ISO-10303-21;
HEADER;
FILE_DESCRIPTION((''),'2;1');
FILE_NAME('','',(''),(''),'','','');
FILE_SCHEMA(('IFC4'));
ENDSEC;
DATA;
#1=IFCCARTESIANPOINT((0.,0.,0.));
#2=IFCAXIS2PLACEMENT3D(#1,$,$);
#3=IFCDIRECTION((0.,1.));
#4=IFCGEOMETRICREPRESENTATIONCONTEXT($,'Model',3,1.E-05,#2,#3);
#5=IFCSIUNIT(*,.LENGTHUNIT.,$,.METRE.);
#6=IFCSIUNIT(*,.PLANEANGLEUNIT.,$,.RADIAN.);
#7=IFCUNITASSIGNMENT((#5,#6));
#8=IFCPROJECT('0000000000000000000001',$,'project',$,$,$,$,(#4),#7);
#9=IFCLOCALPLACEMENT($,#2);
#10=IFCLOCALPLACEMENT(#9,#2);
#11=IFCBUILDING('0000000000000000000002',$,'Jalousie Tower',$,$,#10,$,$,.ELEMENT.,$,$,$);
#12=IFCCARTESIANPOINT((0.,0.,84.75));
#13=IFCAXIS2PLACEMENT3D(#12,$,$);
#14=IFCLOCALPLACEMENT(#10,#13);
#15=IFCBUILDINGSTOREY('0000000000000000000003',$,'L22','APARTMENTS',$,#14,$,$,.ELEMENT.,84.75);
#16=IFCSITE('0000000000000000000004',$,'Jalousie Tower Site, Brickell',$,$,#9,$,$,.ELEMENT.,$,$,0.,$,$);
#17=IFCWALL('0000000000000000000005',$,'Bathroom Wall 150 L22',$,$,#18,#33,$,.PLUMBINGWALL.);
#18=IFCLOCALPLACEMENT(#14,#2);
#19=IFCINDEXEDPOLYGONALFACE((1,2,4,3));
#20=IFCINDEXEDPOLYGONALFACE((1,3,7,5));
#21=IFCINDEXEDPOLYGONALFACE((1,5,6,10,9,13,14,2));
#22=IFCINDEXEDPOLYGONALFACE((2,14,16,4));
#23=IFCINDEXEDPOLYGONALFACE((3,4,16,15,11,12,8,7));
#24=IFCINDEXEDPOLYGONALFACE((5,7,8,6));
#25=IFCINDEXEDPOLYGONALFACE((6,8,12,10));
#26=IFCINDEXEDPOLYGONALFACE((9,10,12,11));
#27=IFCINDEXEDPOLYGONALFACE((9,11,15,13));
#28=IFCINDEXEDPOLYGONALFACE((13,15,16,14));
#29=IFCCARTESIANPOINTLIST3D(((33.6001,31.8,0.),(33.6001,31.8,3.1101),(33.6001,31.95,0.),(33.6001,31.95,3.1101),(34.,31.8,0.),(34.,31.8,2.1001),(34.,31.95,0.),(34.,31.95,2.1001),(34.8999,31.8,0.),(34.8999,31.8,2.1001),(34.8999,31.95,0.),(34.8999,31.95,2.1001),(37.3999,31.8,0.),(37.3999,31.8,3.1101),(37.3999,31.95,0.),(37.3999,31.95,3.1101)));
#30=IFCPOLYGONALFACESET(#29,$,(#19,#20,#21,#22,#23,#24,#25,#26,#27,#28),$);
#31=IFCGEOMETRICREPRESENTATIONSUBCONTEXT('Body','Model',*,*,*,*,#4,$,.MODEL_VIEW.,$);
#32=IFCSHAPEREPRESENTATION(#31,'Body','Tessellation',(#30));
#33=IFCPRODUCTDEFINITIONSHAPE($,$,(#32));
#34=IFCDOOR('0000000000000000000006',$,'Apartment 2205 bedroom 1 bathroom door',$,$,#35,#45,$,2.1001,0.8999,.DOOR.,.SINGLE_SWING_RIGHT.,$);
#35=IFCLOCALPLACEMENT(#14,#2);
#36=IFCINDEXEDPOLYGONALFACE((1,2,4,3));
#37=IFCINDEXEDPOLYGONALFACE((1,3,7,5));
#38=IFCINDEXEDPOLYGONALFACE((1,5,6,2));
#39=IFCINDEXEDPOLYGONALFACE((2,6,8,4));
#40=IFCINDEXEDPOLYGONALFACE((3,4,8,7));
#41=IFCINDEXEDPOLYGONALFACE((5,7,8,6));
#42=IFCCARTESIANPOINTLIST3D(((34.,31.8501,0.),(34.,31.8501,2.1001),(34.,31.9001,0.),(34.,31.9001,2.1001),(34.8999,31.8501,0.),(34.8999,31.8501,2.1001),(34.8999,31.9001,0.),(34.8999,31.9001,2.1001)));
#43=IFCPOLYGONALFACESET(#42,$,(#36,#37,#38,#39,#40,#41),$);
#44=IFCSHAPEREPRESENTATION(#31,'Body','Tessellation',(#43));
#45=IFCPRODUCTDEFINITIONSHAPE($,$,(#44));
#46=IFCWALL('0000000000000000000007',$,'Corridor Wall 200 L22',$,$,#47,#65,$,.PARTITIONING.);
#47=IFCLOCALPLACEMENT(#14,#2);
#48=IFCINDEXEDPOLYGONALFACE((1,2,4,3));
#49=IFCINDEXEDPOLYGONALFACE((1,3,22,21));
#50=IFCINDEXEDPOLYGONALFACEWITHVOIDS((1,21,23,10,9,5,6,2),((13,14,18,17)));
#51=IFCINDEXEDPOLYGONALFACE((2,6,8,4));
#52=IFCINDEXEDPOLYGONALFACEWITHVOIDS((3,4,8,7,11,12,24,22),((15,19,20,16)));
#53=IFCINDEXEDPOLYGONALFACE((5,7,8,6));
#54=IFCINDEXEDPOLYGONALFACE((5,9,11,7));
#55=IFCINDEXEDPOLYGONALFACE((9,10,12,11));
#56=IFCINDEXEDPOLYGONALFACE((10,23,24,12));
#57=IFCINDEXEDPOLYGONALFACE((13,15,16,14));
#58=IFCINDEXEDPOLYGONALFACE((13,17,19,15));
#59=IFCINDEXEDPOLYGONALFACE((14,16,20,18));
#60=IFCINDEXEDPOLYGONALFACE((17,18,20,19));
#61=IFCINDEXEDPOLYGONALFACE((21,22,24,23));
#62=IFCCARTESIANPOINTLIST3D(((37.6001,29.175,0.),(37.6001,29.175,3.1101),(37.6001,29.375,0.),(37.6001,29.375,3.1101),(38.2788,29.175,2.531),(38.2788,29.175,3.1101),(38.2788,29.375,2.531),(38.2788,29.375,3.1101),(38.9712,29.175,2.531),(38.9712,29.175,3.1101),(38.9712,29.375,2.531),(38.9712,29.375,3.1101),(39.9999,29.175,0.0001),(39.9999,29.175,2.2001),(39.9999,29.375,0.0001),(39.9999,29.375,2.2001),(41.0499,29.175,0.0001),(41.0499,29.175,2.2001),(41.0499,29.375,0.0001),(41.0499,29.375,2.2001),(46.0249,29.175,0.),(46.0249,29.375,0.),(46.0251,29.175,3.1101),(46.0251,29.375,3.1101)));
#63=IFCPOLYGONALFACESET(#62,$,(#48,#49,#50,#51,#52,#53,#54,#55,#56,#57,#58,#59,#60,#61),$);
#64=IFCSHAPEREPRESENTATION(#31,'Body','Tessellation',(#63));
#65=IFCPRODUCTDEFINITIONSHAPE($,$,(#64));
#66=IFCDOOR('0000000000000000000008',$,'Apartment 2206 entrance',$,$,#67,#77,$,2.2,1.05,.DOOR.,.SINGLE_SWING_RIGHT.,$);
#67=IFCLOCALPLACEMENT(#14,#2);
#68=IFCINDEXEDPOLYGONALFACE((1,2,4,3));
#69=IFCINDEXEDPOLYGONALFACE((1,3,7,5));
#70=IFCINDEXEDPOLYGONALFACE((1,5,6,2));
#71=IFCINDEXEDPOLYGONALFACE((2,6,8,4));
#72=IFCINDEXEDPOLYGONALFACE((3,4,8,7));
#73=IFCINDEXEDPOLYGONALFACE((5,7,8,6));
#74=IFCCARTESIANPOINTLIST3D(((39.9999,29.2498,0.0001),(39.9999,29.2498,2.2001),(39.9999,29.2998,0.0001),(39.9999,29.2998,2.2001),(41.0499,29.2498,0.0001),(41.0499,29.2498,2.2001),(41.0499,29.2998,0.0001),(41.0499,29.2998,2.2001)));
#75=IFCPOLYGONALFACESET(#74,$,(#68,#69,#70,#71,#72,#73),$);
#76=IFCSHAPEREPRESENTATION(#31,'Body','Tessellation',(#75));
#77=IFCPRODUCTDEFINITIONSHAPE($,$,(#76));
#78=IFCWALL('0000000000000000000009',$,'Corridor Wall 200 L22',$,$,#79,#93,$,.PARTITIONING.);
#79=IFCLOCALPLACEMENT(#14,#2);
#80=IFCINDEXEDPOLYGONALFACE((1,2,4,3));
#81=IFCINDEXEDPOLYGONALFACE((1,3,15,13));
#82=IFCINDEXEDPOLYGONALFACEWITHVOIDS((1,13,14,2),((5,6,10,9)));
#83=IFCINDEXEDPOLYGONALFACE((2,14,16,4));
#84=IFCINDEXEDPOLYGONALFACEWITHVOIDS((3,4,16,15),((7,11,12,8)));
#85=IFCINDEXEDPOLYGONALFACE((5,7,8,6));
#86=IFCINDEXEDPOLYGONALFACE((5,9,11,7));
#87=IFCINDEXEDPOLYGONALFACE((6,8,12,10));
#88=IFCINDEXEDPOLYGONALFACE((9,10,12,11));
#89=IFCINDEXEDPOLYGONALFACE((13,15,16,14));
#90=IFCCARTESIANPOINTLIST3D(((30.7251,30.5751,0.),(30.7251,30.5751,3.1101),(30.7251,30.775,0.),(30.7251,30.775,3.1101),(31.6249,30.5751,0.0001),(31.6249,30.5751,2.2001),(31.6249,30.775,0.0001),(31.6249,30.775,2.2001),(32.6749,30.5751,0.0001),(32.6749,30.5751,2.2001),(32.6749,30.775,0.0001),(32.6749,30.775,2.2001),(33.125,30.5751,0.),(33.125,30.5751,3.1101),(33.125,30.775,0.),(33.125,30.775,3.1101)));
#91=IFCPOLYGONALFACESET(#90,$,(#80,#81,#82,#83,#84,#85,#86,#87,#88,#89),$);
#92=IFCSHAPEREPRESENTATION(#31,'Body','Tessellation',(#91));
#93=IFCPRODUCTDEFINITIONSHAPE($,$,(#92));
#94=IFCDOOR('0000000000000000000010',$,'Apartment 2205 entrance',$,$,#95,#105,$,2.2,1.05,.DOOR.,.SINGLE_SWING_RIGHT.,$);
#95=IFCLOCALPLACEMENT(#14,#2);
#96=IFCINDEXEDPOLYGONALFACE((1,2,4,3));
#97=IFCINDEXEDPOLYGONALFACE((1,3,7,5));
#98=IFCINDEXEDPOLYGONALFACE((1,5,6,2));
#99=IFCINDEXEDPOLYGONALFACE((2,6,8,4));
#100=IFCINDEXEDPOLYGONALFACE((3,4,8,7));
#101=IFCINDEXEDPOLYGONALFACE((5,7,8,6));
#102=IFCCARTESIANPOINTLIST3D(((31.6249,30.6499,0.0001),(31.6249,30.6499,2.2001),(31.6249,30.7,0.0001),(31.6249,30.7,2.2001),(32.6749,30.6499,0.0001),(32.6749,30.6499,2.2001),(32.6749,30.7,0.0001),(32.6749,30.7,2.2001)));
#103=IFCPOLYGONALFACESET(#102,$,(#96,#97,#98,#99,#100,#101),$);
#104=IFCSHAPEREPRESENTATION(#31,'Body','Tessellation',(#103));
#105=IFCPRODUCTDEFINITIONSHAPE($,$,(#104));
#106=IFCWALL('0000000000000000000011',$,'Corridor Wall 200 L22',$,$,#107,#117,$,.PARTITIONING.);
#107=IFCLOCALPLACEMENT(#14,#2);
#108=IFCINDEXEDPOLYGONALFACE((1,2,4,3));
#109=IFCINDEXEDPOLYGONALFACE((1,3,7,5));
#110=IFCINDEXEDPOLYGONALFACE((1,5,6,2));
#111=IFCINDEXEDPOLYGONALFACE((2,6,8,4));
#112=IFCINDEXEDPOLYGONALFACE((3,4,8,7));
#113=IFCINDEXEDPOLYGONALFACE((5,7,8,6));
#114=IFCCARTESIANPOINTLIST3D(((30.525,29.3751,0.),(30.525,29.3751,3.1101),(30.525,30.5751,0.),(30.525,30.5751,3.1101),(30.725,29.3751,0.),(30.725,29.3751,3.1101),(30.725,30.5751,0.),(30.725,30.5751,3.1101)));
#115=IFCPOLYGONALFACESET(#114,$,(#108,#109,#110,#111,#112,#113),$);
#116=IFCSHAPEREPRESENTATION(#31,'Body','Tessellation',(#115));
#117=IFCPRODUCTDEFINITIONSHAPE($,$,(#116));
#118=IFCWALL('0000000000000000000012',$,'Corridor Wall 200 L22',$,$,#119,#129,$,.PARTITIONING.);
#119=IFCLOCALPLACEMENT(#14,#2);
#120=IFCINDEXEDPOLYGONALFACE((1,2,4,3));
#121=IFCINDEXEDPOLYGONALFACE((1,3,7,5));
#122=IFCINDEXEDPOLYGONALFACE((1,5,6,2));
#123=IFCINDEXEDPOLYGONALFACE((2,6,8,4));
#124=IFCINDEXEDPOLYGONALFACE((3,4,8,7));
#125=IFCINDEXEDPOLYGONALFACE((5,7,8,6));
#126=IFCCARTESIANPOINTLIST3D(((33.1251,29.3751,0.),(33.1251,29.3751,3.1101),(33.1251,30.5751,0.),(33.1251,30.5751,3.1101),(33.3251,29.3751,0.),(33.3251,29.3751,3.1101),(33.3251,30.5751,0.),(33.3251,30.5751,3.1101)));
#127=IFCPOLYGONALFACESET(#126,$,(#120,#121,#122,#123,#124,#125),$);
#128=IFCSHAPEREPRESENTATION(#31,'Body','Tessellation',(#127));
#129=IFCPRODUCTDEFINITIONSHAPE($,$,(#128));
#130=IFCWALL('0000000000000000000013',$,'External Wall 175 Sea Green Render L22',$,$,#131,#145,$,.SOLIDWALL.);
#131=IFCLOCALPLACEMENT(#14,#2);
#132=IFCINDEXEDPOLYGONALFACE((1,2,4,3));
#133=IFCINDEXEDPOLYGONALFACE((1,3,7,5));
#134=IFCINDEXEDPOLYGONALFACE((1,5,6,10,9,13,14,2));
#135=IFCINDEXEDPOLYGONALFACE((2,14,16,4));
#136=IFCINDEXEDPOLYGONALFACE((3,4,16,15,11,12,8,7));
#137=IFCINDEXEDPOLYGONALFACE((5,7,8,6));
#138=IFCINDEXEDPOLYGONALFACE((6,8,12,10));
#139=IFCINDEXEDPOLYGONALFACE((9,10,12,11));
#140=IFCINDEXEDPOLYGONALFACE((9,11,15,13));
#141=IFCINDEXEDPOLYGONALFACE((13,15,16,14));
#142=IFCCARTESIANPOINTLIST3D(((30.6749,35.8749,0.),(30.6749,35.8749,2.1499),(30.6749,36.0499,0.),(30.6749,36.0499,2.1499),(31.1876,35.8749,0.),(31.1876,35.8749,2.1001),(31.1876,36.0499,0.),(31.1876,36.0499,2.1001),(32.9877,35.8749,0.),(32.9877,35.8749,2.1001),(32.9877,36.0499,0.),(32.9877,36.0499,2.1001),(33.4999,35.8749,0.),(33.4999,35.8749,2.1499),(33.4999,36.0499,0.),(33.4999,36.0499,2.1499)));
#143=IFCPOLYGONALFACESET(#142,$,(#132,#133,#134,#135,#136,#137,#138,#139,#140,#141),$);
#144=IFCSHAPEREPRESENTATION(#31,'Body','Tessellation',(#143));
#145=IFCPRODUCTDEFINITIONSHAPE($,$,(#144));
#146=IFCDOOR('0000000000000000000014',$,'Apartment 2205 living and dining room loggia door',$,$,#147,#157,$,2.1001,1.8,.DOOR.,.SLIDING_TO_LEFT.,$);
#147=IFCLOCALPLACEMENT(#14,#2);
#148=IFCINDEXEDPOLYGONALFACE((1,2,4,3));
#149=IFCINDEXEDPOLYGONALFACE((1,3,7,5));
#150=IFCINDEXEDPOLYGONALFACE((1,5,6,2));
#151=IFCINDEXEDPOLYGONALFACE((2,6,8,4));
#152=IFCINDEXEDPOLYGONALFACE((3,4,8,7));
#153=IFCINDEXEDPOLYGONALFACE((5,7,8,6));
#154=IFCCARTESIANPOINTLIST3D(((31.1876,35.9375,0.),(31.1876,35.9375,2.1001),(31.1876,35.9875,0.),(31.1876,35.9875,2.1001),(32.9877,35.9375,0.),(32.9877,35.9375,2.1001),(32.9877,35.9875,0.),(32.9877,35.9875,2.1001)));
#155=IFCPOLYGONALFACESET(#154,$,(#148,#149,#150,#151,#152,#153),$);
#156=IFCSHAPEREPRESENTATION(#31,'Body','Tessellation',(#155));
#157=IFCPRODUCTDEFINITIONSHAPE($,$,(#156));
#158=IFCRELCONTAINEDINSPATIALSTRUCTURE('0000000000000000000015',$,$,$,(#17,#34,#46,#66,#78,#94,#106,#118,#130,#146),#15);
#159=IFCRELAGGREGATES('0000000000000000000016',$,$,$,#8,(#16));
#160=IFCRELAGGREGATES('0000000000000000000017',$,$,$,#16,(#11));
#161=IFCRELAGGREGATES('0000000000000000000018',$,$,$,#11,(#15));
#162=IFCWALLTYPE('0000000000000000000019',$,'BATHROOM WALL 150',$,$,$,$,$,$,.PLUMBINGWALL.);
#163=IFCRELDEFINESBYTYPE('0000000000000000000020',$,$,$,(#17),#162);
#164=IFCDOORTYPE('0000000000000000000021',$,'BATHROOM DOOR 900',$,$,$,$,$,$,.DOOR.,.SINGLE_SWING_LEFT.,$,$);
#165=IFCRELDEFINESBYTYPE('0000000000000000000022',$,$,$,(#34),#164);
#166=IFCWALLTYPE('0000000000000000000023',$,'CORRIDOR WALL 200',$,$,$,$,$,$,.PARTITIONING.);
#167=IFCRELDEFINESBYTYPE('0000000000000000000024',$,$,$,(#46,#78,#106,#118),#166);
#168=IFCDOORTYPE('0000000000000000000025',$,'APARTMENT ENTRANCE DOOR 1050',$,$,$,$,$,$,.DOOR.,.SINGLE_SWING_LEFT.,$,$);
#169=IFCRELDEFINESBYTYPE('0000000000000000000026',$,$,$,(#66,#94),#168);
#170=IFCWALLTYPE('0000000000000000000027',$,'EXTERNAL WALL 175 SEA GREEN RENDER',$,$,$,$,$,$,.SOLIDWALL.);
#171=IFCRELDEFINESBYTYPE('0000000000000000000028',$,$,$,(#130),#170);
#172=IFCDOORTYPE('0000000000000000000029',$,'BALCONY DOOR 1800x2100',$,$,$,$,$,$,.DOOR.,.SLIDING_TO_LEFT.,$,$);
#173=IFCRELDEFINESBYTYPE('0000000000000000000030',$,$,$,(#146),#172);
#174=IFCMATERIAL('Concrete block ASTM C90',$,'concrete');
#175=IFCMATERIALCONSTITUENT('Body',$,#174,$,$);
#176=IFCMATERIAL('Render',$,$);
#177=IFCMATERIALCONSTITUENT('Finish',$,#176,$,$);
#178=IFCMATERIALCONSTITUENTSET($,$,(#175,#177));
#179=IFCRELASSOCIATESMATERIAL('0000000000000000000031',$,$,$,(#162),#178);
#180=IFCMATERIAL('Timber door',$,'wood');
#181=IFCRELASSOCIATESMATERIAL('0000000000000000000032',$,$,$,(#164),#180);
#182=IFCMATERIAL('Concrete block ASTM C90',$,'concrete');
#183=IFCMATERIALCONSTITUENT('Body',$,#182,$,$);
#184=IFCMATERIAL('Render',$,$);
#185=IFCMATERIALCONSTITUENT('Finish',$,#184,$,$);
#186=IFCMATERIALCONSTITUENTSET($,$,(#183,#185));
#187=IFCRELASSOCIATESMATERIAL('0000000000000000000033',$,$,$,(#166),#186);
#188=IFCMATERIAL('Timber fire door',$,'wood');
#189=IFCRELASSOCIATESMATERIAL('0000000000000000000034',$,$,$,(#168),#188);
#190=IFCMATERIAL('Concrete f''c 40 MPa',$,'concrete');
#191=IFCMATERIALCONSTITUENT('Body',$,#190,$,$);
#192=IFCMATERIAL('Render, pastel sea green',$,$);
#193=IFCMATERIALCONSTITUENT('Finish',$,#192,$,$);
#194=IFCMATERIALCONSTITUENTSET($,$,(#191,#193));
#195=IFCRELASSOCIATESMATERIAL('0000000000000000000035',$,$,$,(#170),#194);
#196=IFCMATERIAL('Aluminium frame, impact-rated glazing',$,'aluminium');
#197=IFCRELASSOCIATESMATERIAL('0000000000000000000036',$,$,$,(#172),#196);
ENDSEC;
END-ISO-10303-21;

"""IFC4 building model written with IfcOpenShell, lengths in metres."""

from ifc_helpers import new_model, si_unit, direction, frame, frame_2d, origin, place, context, subcontext, project, spatial, polyline, rectangle, outline, extrude, material, constituent, constituent_set, type_object, element, fill, save


model = new_model("IFC4")

# Units and contexts
model_context = context("Model", 3, precision=1e-05, world=origin(), true_north=direction((0.0, 1.0)))
body_context = subcontext(model_context, "Body", "Model", "MODEL_VIEW")
ifc_project = project(units=[si_unit("LENGTHUNIT", "METRE"), si_unit("PLANEANGLEUNIT", "RADIAN")], contexts=[model_context])

# Site, building, storey
site_placement = place(None, origin())
site = spatial("IfcSite", under=ifc_project, at=site_placement, Name="Jalousie Tower Site, Brickell", CompositionType="ELEMENT", RefElevation=0.0)
building_placement = place(site_placement, origin())
building = spatial("IfcBuilding", under=site, at=building_placement, Name="Jalousie Tower", CompositionType="ELEMENT")
storey_placement = place(building_placement, frame((0.0, 0.0, 84.75)))
storey = spatial("IfcBuildingStorey", under=building, at=storey_placement, Name="L22", Description="APARTMENTS", CompositionType="ELEMENT", Elevation=84.75)

# Walls, openings, doors
ifc_material_1 = material(Name="Concrete block ASTM C90", Category="concrete")
ifc_constituent_1 = constituent(ifc_material_1, Name="Body")
ifc_material_2 = material(Name="Render")
ifc_constituent_2 = constituent(ifc_material_2, Name="Finish")
ifc_constituent_set_1 = constituent_set(constituents=[ifc_constituent_1, ifc_constituent_2])
wall_type_1 = type_object("IfcWallType", Name="BATHROOM WALL 150", PredefinedType="PLUMBINGWALL", material=ifc_constituent_set_1)
wall_1_placement = place(storey_placement, frame((33.6001, 31.875, 0.0), z_axis=(0.0, 0.0, 1.0), x_axis=(1.0, 0.0, 0.0)))
wall_1 = element("IfcWall", 1, at=wall_1_placement, inside=storey, type_object=wall_type_1, Name="Bathroom Wall 150 L22", PredefinedType="PLUMBINGWALL", context=body_context, shape_type="SweptSolid", body=[
    extrude(rectangle(XDim=3.7998, YDim=0.1499, at=frame_2d((1.8999, 0.0))), origin(), (0.0, 0.0, 1.0), 3.1101),
])
opening_1_placement = place(wall_1_placement, frame((0.3999, 0.0, 0.0)))
opening_1 = element("IfcOpeningElement", 2, at=opening_1_placement, cuts=wall_1, PredefinedType="OPENING", context=body_context, shape_type="SweptSolid", body=[
    extrude(rectangle(XDim=0.8999, YDim=2.1001, at=frame_2d((0.45, 1.05))), frame((0.0, 0.085, 0.0), z_axis=(0.0, -1.0, 0.0), x_axis=(1.0, 0.0, 0.0)), (0.0, 0.0, 1.0), 0.1699),
])
ifc_material_3 = material(Name="Timber door", Category="wood")
door_type_1 = type_object("IfcDoorType", Name="BATHROOM DOOR 900", OperationType="SINGLE_SWING_LEFT", PredefinedType="DOOR", material=ifc_material_3)
door_1_placement = place(opening_1_placement, frame((0.8999, 0.0, 0.0), z_axis=(0.0, 0.0, 1.0), x_axis=(-1.0, 0.0, 0.0)))
door_1 = element("IfcDoor", 3, at=door_1_placement, inside=storey, type_object=door_type_1, Name="Apartment 2205 bedroom 1 bathroom door", OperationType="SINGLE_SWING_RIGHT", OverallHeight=2.1001, OverallWidth=0.8999, PredefinedType="DOOR", context=body_context, shape_type="SweptSolid", body=[
    extrude(rectangle(XDim=0.8999, YDim=2.1001, at=frame_2d((0.45, 1.05))), frame((0.0, 0.0249, 0.0), z_axis=(0.0, -1.0, 0.0), x_axis=(1.0, 0.0, 0.0)), (0.0, 0.0, 1.0), 0.05),
])
fill(opening_1, door_1)
ifc_material_4 = material(Name="Concrete block ASTM C90", Category="concrete")
ifc_constituent_3 = constituent(ifc_material_4, Name="Body")
ifc_material_5 = material(Name="Render")
ifc_constituent_4 = constituent(ifc_material_5, Name="Finish")
ifc_constituent_set_2 = constituent_set(constituents=[ifc_constituent_3, ifc_constituent_4])
wall_type_2 = type_object("IfcWallType", Name="CORRIDOR WALL 200", PredefinedType="PARTITIONING", material=ifc_constituent_set_2)
wall_2_placement = place(storey_placement, frame((37.6001, 29.2749, 0.0), z_axis=(0.0, 0.0, 1.0), x_axis=(1.0, 0.0, 0.0)))
wall_2 = element("IfcWall", 4, at=wall_2_placement, inside=storey, type_object=wall_type_2, Name="Corridor Wall 200 L22", PredefinedType="PARTITIONING", context=body_context, shape_type="SweptSolid", body=[
    extrude(outline(polyline([(0.0, 0.0), (8.4248, 0.0), (8.425, 3.1101), (1.3711, 3.1101), (1.3711, 2.531), (0.6787, 2.531), (0.6787, 3.1101), (0.0, 3.1101), (0.0, 0.0)])), frame((0.0, 0.1001, 0.0), z_axis=(0.0, -1.0, 0.0), x_axis=(1.0, 0.0, 0.0)), (0.0, 0.0, 1.0), 0.2),
])
opening_2_placement = place(wall_2_placement, frame((2.3999, 0.0, 0.0)))
opening_2 = element("IfcOpeningElement", 5, at=opening_2_placement, cuts=wall_2, PredefinedType="OPENING", context=body_context, shape_type="SweptSolid", body=[
    extrude(rectangle(XDim=1.05, YDim=2.2, at=frame_2d((0.5249, 1.1001))), frame((0.0, 0.1099, 0.0), z_axis=(0.0, -1.0, 0.0), x_axis=(1.0, 0.0, 0.0)), (0.0, 0.0, 1.0), 0.22),
])
ifc_material_6 = material(Name="Timber fire door", Category="wood")
door_type_2 = type_object("IfcDoorType", Name="APARTMENT ENTRANCE DOOR 1050", OperationType="SINGLE_SWING_LEFT", PredefinedType="DOOR", material=ifc_material_6)
door_2_placement = place(opening_2_placement, origin())
door_2 = element("IfcDoor", 6, at=door_2_placement, inside=storey, type_object=door_type_2, Name="Apartment 2206 entrance", OperationType="SINGLE_SWING_RIGHT", OverallHeight=2.2, OverallWidth=1.05, PredefinedType="DOOR", context=body_context, shape_type="SweptSolid", body=[
    extrude(rectangle(XDim=1.05, YDim=2.2, at=frame_2d((0.5249, 1.1001))), frame((0.0, 0.0249, 0.0), z_axis=(0.0, -1.0, 0.0), x_axis=(1.0, 0.0, 0.0)), (0.0, 0.0, 1.0), 0.05),
])
fill(opening_2, door_2)
wall_3_placement = place(storey_placement, frame((30.7251, 30.675, 0.0), z_axis=(0.0, 0.0, 1.0), x_axis=(1.0, 0.0, 0.0)))
wall_3 = element("IfcWall", 7, at=wall_3_placement, inside=storey, type_object=wall_type_2, Name="Corridor Wall 200 L22", PredefinedType="PARTITIONING", context=body_context, shape_type="SweptSolid", body=[
    extrude(rectangle(XDim=2.3999, YDim=0.2, at=frame_2d((1.2, 0.0))), origin(), (0.0, 0.0, 1.0), 3.1101),
])
opening_3_placement = place(wall_3_placement, frame((0.8999, 0.0, 0.0)))
opening_3 = element("IfcOpeningElement", 8, at=opening_3_placement, cuts=wall_3, PredefinedType="OPENING", context=body_context, shape_type="SweptSolid", body=[
    extrude(rectangle(XDim=1.05, YDim=2.2, at=frame_2d((0.5249, 1.1001))), frame((0.0, 0.1099, 0.0), z_axis=(0.0, -1.0, 0.0), x_axis=(1.0, 0.0, 0.0)), (0.0, 0.0, 1.0), 0.22),
])
door_3_placement = place(opening_3_placement, origin())
door_3 = element("IfcDoor", 9, at=door_3_placement, inside=storey, type_object=door_type_2, Name="Apartment 2205 entrance", OperationType="SINGLE_SWING_RIGHT", OverallHeight=2.2, OverallWidth=1.05, PredefinedType="DOOR", context=body_context, shape_type="SweptSolid", body=[
    extrude(rectangle(XDim=1.05, YDim=2.2, at=frame_2d((0.5249, 1.1001))), frame((0.0, 0.0249, 0.0), z_axis=(0.0, -1.0, 0.0), x_axis=(1.0, 0.0, 0.0)), (0.0, 0.0, 1.0), 0.05),
])
fill(opening_3, door_3)

# Walls
for number, where, z_axis, x_axis, name in (
    (10, (30.625, 29.375, 0.0), (0.0, 0.0, 1.0), (0.0, 1.0, 0.0), "Corridor Wall 200 L22"),
    (11, (33.2251, 29.375, 0.0), (0.0, 0.0, 1.0), (0.0, 1.0, 0.0), "Corridor Wall 200 L22"),
):
    element("IfcWall", number, at=place(storey_placement, frame(where, z_axis=z_axis, x_axis=x_axis)), inside=storey, type_object=wall_type_2, Name=name, PredefinedType="PARTITIONING", context=body_context, shape_type="SweptSolid", body=[
        extrude(rectangle(XDim=1.2, YDim=0.2, at=frame_2d((0.6001, 0.0))), origin(), (0.0, 0.0, 1.0), 3.1101),
    ])

# Wall, opening, door
ifc_material_7 = material(Name="Concrete f'c 40 MPa", Category="concrete")
ifc_constituent_5 = constituent(ifc_material_7, Name="Body")
ifc_material_8 = material(Name="Render, pastel sea green")
ifc_constituent_6 = constituent(ifc_material_8, Name="Finish")
ifc_constituent_set_3 = constituent_set(constituents=[ifc_constituent_5, ifc_constituent_6])
wall_type_3 = type_object("IfcWallType", Name="EXTERNAL WALL 175 SEA GREEN RENDER", PredefinedType="SOLIDWALL", material=ifc_constituent_set_3)
wall_4_placement = place(storey_placement, frame((33.5, 35.9624, 0.0), z_axis=(0.0, 0.0, 1.0), x_axis=(-1.0, 0.0, 0.0)))
wall_4 = element("IfcWall", 12, at=wall_4_placement, inside=storey, type_object=wall_type_3, Name="External Wall 175 Sea Green Render L22", PredefinedType="SOLIDWALL", context=body_context, shape_type="SweptSolid", body=[
    extrude(rectangle(XDim=2.825, YDim=0.175, at=frame_2d((1.4126, 0.0))), origin(), (0.0, 0.0, 1.0), 2.1499),
])
opening_4_placement = place(wall_4_placement, frame((0.5125, 0.0, 0.0)))
opening_4 = element("IfcOpeningElement", 13, at=opening_4_placement, cuts=wall_4, PredefinedType="OPENING", context=body_context, shape_type="SweptSolid", body=[
    extrude(rectangle(XDim=1.8, YDim=2.1001, at=frame_2d((0.8999, 1.05))), frame((0.0, 0.0974, 0.0), z_axis=(0.0, -1.0, 0.0), x_axis=(1.0, 0.0, 0.0)), (0.0, 0.0, 1.0), 0.1951),
])
ifc_material_9 = material(Name="Aluminium frame, impact-rated glazing", Category="aluminium")
door_type_3 = type_object("IfcDoorType", Name="BALCONY DOOR 1800x2100", OperationType="SLIDING_TO_LEFT", PredefinedType="DOOR", material=ifc_material_9)
door_4_placement = place(opening_4_placement, origin())
door_4 = element("IfcDoor", 14, at=door_4_placement, inside=storey, type_object=door_type_3, Name="Apartment 2205 living and dining room loggia door", OperationType="SLIDING_TO_LEFT", OverallHeight=2.1001, OverallWidth=1.8, PredefinedType="DOOR", context=body_context, shape_type="SweptSolid", body=[
    extrude(rectangle(XDim=1.8, YDim=2.1001, at=frame_2d((0.8999, 1.05))), frame((0.0, 0.0249, 0.0), z_axis=(0.0, -1.0, 0.0), x_axis=(1.0, 0.0, 0.0)), (0.0, 0.0, 1.0), 0.05),
])
fill(opening_4, door_4)

save(model, "model.ifc")
